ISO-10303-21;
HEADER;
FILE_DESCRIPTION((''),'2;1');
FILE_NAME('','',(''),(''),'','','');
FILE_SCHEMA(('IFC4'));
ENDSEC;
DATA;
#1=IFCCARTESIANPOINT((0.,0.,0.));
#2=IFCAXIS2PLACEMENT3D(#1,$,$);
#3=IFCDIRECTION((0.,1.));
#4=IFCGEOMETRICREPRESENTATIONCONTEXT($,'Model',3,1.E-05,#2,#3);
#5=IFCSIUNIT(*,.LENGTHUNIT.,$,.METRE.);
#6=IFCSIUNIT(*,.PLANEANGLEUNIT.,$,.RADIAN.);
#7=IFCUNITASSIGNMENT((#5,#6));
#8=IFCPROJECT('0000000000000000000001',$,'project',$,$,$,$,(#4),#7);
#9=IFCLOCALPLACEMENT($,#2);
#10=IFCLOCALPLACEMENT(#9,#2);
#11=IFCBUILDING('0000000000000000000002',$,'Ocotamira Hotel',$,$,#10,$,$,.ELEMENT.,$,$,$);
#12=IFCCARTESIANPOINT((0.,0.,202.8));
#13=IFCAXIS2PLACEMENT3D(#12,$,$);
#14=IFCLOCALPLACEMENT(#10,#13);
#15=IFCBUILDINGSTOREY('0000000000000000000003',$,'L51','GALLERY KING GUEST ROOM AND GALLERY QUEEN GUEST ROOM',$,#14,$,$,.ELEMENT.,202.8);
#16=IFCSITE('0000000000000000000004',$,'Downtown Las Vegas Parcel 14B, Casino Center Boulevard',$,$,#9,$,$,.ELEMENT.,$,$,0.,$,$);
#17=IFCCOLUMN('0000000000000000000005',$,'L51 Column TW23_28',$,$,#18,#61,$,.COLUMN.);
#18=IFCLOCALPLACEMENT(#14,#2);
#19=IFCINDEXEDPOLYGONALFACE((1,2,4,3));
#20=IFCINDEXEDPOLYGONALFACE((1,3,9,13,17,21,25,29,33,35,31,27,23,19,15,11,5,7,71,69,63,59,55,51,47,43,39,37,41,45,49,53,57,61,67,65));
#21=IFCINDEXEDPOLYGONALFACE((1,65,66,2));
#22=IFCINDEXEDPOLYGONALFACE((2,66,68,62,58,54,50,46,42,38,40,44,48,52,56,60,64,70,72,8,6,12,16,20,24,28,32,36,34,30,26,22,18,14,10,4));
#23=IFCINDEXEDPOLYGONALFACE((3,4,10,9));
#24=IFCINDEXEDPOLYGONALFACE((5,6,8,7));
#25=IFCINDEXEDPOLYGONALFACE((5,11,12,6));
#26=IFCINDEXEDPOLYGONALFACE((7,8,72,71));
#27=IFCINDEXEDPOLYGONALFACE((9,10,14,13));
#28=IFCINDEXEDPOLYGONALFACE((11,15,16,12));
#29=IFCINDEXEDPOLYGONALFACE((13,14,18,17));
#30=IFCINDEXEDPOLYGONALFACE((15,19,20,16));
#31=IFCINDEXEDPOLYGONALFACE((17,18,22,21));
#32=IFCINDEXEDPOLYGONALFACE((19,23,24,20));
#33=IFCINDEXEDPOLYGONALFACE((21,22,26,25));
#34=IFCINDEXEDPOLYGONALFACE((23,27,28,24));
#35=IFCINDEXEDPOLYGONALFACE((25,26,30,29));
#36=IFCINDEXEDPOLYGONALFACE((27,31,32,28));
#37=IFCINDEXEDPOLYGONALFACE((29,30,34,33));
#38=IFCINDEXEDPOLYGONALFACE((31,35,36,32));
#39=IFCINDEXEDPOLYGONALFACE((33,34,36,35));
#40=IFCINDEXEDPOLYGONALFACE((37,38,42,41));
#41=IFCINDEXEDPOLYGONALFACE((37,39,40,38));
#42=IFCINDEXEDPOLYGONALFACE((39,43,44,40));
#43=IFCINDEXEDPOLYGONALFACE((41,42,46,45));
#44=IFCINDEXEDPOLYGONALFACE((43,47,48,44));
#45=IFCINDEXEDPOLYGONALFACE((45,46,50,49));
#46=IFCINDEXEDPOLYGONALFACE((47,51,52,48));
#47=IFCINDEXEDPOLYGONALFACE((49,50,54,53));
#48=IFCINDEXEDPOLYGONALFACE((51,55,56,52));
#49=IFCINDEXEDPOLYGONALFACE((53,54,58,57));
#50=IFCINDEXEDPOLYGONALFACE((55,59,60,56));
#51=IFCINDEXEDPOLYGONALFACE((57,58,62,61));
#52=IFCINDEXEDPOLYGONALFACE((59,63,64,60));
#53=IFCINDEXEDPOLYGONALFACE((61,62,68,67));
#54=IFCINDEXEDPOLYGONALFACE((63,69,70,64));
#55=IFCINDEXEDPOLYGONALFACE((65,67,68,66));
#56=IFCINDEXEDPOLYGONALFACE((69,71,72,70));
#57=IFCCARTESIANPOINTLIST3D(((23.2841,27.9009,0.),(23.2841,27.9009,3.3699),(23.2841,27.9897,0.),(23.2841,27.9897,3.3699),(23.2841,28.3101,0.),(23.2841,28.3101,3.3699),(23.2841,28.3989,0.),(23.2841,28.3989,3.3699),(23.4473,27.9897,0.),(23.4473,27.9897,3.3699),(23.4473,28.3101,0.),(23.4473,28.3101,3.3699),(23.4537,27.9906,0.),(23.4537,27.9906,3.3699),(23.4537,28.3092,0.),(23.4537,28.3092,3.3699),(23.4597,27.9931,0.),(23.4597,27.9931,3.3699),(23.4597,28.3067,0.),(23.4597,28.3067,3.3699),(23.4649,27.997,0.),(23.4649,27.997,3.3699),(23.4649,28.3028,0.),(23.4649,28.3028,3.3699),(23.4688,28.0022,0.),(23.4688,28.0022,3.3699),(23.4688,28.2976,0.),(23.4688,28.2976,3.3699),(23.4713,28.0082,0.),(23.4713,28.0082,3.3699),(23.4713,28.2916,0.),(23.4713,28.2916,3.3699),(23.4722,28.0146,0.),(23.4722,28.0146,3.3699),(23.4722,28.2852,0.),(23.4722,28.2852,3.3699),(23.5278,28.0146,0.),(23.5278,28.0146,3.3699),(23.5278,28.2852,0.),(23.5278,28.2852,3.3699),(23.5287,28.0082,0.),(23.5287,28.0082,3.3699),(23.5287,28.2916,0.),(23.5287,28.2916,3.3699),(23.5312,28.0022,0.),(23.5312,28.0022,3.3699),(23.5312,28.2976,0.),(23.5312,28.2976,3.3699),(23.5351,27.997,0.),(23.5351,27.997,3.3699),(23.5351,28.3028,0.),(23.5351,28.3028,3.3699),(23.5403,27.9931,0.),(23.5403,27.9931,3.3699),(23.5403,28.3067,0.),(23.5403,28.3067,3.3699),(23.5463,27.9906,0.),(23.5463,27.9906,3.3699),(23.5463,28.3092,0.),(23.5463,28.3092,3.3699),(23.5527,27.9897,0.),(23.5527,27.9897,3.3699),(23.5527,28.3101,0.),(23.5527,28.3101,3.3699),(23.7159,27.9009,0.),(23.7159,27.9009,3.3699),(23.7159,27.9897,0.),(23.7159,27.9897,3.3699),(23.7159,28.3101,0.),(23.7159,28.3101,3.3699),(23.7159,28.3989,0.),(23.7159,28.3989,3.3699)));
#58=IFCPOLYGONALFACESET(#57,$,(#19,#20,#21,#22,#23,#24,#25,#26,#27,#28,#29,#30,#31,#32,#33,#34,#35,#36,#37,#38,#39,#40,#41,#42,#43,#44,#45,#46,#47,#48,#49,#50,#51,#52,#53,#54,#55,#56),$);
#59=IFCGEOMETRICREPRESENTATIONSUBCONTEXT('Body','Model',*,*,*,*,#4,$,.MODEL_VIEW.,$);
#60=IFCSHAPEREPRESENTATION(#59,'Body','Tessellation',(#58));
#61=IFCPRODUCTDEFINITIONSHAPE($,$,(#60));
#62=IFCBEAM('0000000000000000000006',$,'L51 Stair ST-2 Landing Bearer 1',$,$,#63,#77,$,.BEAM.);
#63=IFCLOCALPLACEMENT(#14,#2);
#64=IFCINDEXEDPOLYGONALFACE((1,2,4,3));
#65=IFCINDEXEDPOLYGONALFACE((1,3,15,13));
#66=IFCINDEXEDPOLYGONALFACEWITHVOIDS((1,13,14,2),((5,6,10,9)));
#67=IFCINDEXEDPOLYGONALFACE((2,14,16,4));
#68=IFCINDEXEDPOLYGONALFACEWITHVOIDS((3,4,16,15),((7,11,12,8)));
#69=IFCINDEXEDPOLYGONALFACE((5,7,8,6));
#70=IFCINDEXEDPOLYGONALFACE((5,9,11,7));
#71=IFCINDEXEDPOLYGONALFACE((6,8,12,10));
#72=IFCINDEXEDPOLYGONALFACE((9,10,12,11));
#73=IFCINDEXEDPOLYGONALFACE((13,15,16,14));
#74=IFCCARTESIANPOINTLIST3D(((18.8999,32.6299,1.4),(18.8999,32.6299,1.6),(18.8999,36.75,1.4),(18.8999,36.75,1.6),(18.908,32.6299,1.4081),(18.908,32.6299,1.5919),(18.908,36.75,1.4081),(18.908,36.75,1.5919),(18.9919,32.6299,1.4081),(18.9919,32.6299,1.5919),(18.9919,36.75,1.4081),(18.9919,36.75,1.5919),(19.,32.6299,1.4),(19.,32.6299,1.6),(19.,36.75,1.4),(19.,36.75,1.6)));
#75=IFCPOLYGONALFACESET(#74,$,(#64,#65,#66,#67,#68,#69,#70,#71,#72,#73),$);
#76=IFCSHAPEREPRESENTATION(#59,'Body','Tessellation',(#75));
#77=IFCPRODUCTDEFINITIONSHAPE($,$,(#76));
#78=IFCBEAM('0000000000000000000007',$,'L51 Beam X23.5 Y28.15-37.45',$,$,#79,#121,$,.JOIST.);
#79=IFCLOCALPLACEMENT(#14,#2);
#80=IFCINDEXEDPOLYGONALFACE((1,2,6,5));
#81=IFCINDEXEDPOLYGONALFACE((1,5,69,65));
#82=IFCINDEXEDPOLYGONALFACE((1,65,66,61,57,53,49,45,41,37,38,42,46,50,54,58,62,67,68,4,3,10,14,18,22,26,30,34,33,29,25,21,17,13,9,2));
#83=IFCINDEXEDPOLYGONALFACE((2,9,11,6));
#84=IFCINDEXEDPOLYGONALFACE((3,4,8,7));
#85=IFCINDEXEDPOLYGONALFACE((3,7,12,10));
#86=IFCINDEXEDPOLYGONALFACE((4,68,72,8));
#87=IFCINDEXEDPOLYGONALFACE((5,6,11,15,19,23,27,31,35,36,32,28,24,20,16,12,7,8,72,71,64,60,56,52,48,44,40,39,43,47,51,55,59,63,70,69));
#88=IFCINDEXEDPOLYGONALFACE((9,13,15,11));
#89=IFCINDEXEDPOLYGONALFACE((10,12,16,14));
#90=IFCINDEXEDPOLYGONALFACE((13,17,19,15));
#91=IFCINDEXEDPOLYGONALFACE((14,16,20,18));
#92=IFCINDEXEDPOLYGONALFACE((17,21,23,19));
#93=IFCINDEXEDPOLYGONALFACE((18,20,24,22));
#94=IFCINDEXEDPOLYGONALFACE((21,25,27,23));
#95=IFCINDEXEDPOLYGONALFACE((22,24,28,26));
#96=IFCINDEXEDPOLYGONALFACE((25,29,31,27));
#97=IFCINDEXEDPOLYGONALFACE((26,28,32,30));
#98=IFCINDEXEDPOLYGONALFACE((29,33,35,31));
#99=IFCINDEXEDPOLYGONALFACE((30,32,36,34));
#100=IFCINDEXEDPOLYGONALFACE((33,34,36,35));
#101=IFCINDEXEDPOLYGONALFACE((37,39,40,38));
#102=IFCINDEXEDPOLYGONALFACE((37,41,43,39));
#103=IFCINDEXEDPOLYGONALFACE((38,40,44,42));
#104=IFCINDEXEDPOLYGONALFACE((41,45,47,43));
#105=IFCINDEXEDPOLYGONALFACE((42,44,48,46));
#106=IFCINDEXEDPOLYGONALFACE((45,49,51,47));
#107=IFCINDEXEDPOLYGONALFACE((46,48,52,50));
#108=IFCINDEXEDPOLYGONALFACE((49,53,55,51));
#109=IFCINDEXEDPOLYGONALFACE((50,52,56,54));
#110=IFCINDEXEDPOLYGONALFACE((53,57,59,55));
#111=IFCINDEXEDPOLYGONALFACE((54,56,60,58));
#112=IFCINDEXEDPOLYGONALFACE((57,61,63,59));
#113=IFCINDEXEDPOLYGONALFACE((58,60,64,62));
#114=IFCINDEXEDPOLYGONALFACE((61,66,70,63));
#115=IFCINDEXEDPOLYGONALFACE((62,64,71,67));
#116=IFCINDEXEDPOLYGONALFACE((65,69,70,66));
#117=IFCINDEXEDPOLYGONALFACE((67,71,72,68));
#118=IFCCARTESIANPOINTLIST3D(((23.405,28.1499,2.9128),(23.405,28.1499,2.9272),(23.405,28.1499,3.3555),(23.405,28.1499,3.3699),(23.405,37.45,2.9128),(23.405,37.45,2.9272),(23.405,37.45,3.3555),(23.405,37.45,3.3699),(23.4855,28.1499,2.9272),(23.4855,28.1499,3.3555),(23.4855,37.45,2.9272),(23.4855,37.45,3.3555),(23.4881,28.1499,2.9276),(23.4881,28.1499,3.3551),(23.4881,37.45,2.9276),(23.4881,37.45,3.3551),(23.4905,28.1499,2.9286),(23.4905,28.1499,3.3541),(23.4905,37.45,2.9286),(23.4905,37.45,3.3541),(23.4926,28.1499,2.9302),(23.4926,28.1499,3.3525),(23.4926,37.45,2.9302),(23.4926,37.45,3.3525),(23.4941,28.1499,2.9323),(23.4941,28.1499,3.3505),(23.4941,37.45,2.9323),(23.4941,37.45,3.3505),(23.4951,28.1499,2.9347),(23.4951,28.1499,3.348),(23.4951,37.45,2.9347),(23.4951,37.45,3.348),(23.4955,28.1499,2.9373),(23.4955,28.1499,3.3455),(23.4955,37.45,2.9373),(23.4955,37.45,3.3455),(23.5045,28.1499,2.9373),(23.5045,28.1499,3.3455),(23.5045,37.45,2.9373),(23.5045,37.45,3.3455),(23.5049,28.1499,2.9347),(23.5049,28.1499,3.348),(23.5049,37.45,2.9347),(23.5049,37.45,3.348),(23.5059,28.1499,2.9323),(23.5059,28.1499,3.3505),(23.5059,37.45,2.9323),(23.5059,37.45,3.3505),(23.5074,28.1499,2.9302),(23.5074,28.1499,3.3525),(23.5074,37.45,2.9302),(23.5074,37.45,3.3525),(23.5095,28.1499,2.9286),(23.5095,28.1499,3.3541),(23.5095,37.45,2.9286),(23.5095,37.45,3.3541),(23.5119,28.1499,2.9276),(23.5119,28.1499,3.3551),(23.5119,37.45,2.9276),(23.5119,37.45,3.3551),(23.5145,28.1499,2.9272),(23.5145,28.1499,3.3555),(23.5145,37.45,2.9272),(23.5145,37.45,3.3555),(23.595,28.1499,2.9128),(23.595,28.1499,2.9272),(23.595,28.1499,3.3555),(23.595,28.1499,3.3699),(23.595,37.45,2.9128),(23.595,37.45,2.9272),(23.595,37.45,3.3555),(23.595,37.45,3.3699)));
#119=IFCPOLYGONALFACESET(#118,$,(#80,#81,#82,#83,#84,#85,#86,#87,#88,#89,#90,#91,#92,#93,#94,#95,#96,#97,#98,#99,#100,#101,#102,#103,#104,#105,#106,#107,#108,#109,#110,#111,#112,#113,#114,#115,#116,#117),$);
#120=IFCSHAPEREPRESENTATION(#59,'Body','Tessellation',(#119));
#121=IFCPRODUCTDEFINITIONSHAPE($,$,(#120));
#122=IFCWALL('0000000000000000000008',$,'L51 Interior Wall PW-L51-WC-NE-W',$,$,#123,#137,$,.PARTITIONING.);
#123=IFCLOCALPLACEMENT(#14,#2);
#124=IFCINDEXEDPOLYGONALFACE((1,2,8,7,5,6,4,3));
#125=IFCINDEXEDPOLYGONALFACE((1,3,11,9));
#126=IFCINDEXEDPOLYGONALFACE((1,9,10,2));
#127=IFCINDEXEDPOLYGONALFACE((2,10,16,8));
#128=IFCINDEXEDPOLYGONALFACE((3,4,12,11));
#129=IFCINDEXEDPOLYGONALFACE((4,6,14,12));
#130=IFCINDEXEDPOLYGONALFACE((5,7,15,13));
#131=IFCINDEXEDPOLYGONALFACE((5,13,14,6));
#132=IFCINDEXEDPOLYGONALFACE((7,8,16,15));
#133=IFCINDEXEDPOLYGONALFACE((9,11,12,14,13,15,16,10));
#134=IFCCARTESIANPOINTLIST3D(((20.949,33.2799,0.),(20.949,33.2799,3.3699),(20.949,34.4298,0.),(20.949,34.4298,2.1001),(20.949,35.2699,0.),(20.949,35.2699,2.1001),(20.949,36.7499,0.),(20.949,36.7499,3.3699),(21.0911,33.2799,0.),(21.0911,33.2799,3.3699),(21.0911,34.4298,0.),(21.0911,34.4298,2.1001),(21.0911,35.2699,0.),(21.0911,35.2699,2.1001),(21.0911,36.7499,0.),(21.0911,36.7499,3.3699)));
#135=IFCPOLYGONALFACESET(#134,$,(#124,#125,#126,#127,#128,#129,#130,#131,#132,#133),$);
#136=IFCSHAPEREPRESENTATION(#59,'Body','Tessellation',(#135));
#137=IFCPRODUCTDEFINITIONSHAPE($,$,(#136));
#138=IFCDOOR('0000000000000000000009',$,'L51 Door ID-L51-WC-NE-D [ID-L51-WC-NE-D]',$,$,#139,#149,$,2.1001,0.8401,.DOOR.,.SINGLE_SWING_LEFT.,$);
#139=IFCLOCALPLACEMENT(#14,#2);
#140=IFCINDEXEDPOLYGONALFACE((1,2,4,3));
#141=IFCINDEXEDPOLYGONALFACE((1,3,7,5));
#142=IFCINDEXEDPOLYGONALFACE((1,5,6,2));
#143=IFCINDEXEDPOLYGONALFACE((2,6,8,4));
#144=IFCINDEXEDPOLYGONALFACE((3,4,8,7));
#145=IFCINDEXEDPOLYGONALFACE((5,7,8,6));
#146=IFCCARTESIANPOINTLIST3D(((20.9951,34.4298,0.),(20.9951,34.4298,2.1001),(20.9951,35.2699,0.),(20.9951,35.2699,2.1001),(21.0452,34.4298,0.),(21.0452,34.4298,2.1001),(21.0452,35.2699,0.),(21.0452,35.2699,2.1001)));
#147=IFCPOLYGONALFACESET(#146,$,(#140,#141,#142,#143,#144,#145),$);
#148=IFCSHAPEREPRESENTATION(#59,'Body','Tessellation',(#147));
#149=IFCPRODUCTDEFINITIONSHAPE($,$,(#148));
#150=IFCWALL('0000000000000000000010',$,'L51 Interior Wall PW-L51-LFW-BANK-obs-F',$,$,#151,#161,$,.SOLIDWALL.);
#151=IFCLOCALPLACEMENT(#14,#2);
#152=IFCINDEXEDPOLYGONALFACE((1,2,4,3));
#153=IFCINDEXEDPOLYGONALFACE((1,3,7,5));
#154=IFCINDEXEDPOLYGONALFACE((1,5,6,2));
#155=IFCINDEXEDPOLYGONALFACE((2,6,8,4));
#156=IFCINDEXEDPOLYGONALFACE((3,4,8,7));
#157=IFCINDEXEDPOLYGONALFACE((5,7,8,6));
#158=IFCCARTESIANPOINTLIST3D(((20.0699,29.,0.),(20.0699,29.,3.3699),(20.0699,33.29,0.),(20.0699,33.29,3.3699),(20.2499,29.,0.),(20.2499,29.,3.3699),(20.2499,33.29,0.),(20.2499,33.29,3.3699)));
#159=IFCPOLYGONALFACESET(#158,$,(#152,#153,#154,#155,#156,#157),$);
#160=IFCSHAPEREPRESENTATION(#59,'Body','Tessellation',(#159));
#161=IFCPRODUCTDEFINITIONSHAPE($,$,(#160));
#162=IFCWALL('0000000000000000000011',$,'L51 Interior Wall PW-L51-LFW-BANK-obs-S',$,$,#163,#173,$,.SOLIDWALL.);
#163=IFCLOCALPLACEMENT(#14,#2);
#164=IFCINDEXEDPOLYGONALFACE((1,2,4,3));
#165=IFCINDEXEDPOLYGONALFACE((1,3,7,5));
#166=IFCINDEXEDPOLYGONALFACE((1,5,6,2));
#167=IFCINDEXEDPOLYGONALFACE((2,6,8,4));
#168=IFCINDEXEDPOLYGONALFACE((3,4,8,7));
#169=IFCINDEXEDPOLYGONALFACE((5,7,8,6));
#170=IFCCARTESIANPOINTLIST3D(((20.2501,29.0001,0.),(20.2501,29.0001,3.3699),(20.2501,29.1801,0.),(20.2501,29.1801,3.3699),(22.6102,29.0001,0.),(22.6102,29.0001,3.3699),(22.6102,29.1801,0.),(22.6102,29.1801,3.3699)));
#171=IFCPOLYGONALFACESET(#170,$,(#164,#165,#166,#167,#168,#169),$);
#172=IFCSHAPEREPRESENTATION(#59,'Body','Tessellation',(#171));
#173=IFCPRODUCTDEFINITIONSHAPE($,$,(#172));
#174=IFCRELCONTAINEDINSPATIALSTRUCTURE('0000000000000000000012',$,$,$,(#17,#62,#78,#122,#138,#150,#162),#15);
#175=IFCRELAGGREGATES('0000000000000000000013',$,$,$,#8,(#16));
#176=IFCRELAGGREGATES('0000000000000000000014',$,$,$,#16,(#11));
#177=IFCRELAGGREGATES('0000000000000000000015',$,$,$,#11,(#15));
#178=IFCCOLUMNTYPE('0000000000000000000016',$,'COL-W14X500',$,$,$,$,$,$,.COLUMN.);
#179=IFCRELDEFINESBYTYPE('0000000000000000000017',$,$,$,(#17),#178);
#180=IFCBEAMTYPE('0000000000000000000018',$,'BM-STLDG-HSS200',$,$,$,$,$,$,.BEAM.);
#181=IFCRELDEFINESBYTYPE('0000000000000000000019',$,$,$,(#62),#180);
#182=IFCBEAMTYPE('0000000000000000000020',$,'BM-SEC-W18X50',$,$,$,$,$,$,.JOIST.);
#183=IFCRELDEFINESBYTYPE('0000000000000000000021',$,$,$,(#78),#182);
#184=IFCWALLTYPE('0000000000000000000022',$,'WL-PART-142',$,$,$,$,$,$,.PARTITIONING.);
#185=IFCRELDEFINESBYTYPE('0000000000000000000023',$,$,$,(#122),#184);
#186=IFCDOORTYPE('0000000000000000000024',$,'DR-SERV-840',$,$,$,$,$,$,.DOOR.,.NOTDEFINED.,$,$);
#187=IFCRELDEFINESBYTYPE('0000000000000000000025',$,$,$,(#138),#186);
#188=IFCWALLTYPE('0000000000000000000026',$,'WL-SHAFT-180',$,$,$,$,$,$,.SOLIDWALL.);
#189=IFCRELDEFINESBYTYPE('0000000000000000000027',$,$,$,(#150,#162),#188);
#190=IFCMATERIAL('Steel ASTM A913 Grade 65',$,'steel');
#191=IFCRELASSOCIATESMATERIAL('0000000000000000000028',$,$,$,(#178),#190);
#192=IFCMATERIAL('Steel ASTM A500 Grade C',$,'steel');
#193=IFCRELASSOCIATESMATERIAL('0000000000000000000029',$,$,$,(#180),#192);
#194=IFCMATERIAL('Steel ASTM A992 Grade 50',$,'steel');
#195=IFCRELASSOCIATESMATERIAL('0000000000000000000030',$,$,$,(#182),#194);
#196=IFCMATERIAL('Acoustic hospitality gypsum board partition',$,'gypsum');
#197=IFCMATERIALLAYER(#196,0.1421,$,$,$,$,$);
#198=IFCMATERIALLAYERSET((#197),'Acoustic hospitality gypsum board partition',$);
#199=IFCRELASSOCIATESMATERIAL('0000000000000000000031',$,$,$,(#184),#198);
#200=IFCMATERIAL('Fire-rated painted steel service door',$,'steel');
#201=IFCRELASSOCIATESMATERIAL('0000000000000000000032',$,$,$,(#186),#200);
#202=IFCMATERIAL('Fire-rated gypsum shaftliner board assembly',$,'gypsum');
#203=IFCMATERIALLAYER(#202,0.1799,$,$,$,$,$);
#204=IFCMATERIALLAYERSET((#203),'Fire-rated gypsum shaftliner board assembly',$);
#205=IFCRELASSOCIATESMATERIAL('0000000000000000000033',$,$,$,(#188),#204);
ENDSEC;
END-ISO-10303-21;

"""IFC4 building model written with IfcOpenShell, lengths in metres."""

from ifc_helpers import new_model, si_unit, direction, frame, frame_2d, origin, origin_2d, place, context, subcontext, project, spatial, rectangle, hollow_rectangle, i_section, extrude, source, transform, mapped, material, layer, layer_set, material_profile, profile_set, type_object, element, fill, save


model = new_model("IFC4")

# Units and contexts
model_context = context("Model", 3, precision=1e-05, world=origin(), true_north=direction((0.0, 1.0)))
body_context = subcontext(model_context, "Body", "Model", "MODEL_VIEW")
ifc_project = project(units=[si_unit("LENGTHUNIT", "METRE"), si_unit("PLANEANGLEUNIT", "RADIAN")], contexts=[model_context])

# Site, building, storey
site_placement = place(None, origin())
site = spatial("IfcSite", under=ifc_project, at=site_placement, Name="Downtown Las Vegas Parcel 14B, Casino Center Boulevard", CompositionType="ELEMENT", RefElevation=0.0)
building_placement = place(site_placement, origin())
building = spatial("IfcBuilding", under=site, at=building_placement, Name="Ocotamira Hotel", CompositionType="ELEMENT")
storey_placement = place(building_placement, frame((0.0, 0.0, 202.8)))
storey = spatial("IfcBuildingStorey", under=building, at=storey_placement, Name="L51", Description="GALLERY KING GUEST ROOM AND GALLERY QUEEN GUEST ROOM", CompositionType="ELEMENT", Elevation=202.8)

# Column
ifc_material_1 = material(Name="Steel ASTM A913 Grade 65", Category="steel")
ifc_material_profile_1 = material_profile(ifc_material_1, i_section(OverallWidth=0.4319, OverallDepth=0.498, WebThickness=0.0557, FlangeThickness=0.0889, FilletRadius=0.0249, at=origin_2d()), Name="W14X500")
ifc_profile_set_1 = profile_set([ifc_material_profile_1], Name="Steel ASTM A913 Grade 65")
column_type = type_object("IfcColumnType", Name="COL-W14X500", PredefinedType="COLUMN", material=ifc_profile_set_1)
shared_shape_1 = source(origin(), body_context, "Body", "SweptSolid", [
    extrude(i_section(OverallWidth=0.4319, OverallDepth=0.498, WebThickness=0.0557, FlangeThickness=0.0889, FilletRadius=0.0249, at=origin_2d()), origin(), (0.0, 0.0, 1.0), 3.3699),
])
column_placement = place(storey_placement, frame((23.5, 28.1499, 0.0), z_axis=(0.0, 0.0, 1.0), x_axis=(1.0, 0.0, 0.0)))
element("IfcColumn", 1, at=column_placement, inside=storey, type_object=column_type, Name="L51 Column TW23_28", PredefinedType="COLUMN", context=body_context, shape_type="MappedRepresentation", body=[
    mapped(shared_shape_1, transform((0.0, 0.0, 0.0), scale=1.0)),
])

# Beams
ifc_material_2 = material(Name="Steel ASTM A500 Grade C", Category="steel")
ifc_material_profile_2 = material_profile(ifc_material_2, hollow_rectangle(XDim=0.1001, YDim=0.2, WallThickness=0.0081, at=origin_2d()), Name="HSS200X100X8")
ifc_profile_set_2 = profile_set([ifc_material_profile_2], Name="Steel ASTM A500 Grade C")
beam_type_1 = type_object("IfcBeamType", Name="BM-STLDG-HSS200", PredefinedType="BEAM", material=ifc_profile_set_2)
shared_shape_2 = source(origin(), body_context, "Body", "SweptSolid", [
    extrude(hollow_rectangle(XDim=0.1001, YDim=0.2, WallThickness=0.0081, at=origin_2d()), origin(), (0.0, 0.0, 1.0), 4.1201),
])
beam_1_placement = place(storey_placement, frame((18.95, 32.6299, 1.5), z_axis=(0.0, 1.0, 0.0), x_axis=(-1.0, 0.0, 0.0)))
element("IfcBeam", 2, at=beam_1_placement, inside=storey, type_object=beam_type_1, Name="L51 Stair ST-2 Landing Bearer 1", PredefinedType="BEAM", context=body_context, shape_type="MappedRepresentation", body=[
    mapped(shared_shape_2, transform((0.0, 0.0, 0.0), scale=1.0)),
])
ifc_material_3 = material(Name="Steel ASTM A992 Grade 50", Category="steel")
ifc_material_profile_3 = material_profile(ifc_material_3, i_section(OverallWidth=0.1899, OverallDepth=0.457, WebThickness=0.009, FlangeThickness=0.0144, FilletRadius=0.01, at=origin_2d()), Name="W18X50")
ifc_profile_set_3 = profile_set([ifc_material_profile_3], Name="Steel ASTM A992 Grade 50")
beam_type_2 = type_object("IfcBeamType", Name="BM-SEC-W18X50", PredefinedType="JOIST", material=ifc_profile_set_3)
shared_shape_3 = source(origin(), body_context, "Body", "SweptSolid", [
    extrude(i_section(OverallWidth=0.1899, OverallDepth=0.457, WebThickness=0.009, FlangeThickness=0.0144, FilletRadius=0.01, at=origin_2d()), origin(), (0.0, 0.0, 1.0), 9.3),
])
beam_2_placement = place(storey_placement, frame((23.5, 28.1499, 3.1414), z_axis=(0.0, 1.0, 0.0), x_axis=(-1.0, 0.0, 0.0)))
element("IfcBeam", 3, at=beam_2_placement, inside=storey, type_object=beam_type_2, Name="L51 Beam X23.5 Y28.15-37.45", PredefinedType="JOIST", context=body_context, shape_type="MappedRepresentation", body=[
    mapped(shared_shape_3, transform((0.0, 0.0, 0.0), scale=1.0)),
])

# Wall, opening, door
ifc_material_4 = material(Name="Acoustic hospitality gypsum board partition", Category="gypsum")
ifc_layer_1 = layer(ifc_material_4, 0.1421)
ifc_layer_set_1 = layer_set([ifc_layer_1], Name="Acoustic hospitality gypsum board partition")
wall_type_1 = type_object("IfcWallType", Name="WL-PART-142", PredefinedType="PARTITIONING", material=ifc_layer_set_1)
wall_1_placement = place(storey_placement, frame((21.02, 33.28, 0.0), z_axis=(0.0, 0.0, 1.0), x_axis=(0.0, 1.0, 0.0)))
wall_1 = element("IfcWall", 4, at=wall_1_placement, inside=storey, type_object=wall_type_1, Name="L51 Interior Wall PW-L51-WC-NE-W", PredefinedType="PARTITIONING", context=body_context, shape_type="SweptSolid", body=[
    extrude(rectangle(XDim=3.47, YDim=0.1421, at=frame_2d((1.7349, 0.0))), origin(), (0.0, 0.0, 1.0), 3.3699),
])
opening_1_placement = place(wall_1_placement, frame((1.1499, 0.0, 0.0)))
opening_1 = element("IfcOpeningElement", 5, at=opening_1_placement, cuts=wall_1, PredefinedType="OPENING", context=body_context, shape_type="SweptSolid", body=[
    extrude(rectangle(XDim=0.8401, YDim=2.1001, at=frame_2d((0.4199, 1.05))), frame((0.0, 0.0811, 0.0), z_axis=(0.0, -1.0, 0.0), x_axis=(1.0, 0.0, 0.0)), (0.0, 0.0, 1.0), 0.1621),
])
ifc_material_5 = material(Name="Fire-rated painted steel service door", Category="steel")
door_type_1 = type_object("IfcDoorType", Name="DR-SERV-840", OperationType="NOTDEFINED", PredefinedType="DOOR", material=ifc_material_5)
shared_shape_4 = source(origin(), body_context, "Body", "SweptSolid", [
    extrude(rectangle(XDim=0.8401, YDim=2.1001, at=frame_2d((0.4199, 1.05))), frame((0.0, 0.0249, 0.0), z_axis=(0.0, -1.0, 0.0), x_axis=(1.0, 0.0, 0.0)), (0.0, 0.0, 1.0), 0.05),
])
door_1_placement = place(opening_1_placement, origin())
door_1 = element("IfcDoor", 6, at=door_1_placement, inside=storey, type_object=door_type_1, Name="L51 Door ID-L51-WC-NE-D [ID-L51-WC-NE-D]", OperationType="SINGLE_SWING_LEFT", OverallHeight=2.1001, OverallWidth=0.8401, PredefinedType="DOOR", context=body_context, shape_type="MappedRepresentation", body=[
    mapped(shared_shape_4, transform((0.0, 0.0, 0.0), scale=1.0)),
])
fill(opening_1, door_1)

# Walls
ifc_material_6 = material(Name="Fire-rated gypsum shaftliner board assembly", Category="gypsum")
ifc_layer_2 = layer(ifc_material_6, 0.1799)
ifc_layer_set_2 = layer_set([ifc_layer_2], Name="Fire-rated gypsum shaftliner board assembly")
wall_type_2 = type_object("IfcWallType", Name="WL-SHAFT-180", PredefinedType="SOLIDWALL", material=ifc_layer_set_2)
wall_2_placement = place(storey_placement, frame((20.1599, 29.0, 0.0), z_axis=(0.0, 0.0, 1.0), x_axis=(0.0, 1.0, 0.0)))
element("IfcWall", 7, at=wall_2_placement, inside=storey, type_object=wall_type_2, Name="L51 Interior Wall PW-L51-LFW-BANK-obs-F", PredefinedType="SOLIDWALL", context=body_context, shape_type="SweptSolid", body=[
    extrude(rectangle(XDim=4.29, YDim=0.1799, at=frame_2d((2.145, 0.0))), origin(), (0.0, 0.0, 1.0), 3.3699),
])
wall_3_placement = place(storey_placement, frame((20.25, 29.0901, 0.0), z_axis=(0.0, 0.0, 1.0), x_axis=(1.0, 0.0, 0.0)))
element("IfcWall", 8, at=wall_3_placement, inside=storey, type_object=wall_type_2, Name="L51 Interior Wall PW-L51-LFW-BANK-obs-S", PredefinedType="SOLIDWALL", context=body_context, shape_type="SweptSolid", body=[
    extrude(rectangle(XDim=2.3601, YDim=0.1799, at=frame_2d((1.1802, 0.0))), origin(), (0.0, 0.0, 1.0), 3.3699),
])

save(model, "model.ifc")
